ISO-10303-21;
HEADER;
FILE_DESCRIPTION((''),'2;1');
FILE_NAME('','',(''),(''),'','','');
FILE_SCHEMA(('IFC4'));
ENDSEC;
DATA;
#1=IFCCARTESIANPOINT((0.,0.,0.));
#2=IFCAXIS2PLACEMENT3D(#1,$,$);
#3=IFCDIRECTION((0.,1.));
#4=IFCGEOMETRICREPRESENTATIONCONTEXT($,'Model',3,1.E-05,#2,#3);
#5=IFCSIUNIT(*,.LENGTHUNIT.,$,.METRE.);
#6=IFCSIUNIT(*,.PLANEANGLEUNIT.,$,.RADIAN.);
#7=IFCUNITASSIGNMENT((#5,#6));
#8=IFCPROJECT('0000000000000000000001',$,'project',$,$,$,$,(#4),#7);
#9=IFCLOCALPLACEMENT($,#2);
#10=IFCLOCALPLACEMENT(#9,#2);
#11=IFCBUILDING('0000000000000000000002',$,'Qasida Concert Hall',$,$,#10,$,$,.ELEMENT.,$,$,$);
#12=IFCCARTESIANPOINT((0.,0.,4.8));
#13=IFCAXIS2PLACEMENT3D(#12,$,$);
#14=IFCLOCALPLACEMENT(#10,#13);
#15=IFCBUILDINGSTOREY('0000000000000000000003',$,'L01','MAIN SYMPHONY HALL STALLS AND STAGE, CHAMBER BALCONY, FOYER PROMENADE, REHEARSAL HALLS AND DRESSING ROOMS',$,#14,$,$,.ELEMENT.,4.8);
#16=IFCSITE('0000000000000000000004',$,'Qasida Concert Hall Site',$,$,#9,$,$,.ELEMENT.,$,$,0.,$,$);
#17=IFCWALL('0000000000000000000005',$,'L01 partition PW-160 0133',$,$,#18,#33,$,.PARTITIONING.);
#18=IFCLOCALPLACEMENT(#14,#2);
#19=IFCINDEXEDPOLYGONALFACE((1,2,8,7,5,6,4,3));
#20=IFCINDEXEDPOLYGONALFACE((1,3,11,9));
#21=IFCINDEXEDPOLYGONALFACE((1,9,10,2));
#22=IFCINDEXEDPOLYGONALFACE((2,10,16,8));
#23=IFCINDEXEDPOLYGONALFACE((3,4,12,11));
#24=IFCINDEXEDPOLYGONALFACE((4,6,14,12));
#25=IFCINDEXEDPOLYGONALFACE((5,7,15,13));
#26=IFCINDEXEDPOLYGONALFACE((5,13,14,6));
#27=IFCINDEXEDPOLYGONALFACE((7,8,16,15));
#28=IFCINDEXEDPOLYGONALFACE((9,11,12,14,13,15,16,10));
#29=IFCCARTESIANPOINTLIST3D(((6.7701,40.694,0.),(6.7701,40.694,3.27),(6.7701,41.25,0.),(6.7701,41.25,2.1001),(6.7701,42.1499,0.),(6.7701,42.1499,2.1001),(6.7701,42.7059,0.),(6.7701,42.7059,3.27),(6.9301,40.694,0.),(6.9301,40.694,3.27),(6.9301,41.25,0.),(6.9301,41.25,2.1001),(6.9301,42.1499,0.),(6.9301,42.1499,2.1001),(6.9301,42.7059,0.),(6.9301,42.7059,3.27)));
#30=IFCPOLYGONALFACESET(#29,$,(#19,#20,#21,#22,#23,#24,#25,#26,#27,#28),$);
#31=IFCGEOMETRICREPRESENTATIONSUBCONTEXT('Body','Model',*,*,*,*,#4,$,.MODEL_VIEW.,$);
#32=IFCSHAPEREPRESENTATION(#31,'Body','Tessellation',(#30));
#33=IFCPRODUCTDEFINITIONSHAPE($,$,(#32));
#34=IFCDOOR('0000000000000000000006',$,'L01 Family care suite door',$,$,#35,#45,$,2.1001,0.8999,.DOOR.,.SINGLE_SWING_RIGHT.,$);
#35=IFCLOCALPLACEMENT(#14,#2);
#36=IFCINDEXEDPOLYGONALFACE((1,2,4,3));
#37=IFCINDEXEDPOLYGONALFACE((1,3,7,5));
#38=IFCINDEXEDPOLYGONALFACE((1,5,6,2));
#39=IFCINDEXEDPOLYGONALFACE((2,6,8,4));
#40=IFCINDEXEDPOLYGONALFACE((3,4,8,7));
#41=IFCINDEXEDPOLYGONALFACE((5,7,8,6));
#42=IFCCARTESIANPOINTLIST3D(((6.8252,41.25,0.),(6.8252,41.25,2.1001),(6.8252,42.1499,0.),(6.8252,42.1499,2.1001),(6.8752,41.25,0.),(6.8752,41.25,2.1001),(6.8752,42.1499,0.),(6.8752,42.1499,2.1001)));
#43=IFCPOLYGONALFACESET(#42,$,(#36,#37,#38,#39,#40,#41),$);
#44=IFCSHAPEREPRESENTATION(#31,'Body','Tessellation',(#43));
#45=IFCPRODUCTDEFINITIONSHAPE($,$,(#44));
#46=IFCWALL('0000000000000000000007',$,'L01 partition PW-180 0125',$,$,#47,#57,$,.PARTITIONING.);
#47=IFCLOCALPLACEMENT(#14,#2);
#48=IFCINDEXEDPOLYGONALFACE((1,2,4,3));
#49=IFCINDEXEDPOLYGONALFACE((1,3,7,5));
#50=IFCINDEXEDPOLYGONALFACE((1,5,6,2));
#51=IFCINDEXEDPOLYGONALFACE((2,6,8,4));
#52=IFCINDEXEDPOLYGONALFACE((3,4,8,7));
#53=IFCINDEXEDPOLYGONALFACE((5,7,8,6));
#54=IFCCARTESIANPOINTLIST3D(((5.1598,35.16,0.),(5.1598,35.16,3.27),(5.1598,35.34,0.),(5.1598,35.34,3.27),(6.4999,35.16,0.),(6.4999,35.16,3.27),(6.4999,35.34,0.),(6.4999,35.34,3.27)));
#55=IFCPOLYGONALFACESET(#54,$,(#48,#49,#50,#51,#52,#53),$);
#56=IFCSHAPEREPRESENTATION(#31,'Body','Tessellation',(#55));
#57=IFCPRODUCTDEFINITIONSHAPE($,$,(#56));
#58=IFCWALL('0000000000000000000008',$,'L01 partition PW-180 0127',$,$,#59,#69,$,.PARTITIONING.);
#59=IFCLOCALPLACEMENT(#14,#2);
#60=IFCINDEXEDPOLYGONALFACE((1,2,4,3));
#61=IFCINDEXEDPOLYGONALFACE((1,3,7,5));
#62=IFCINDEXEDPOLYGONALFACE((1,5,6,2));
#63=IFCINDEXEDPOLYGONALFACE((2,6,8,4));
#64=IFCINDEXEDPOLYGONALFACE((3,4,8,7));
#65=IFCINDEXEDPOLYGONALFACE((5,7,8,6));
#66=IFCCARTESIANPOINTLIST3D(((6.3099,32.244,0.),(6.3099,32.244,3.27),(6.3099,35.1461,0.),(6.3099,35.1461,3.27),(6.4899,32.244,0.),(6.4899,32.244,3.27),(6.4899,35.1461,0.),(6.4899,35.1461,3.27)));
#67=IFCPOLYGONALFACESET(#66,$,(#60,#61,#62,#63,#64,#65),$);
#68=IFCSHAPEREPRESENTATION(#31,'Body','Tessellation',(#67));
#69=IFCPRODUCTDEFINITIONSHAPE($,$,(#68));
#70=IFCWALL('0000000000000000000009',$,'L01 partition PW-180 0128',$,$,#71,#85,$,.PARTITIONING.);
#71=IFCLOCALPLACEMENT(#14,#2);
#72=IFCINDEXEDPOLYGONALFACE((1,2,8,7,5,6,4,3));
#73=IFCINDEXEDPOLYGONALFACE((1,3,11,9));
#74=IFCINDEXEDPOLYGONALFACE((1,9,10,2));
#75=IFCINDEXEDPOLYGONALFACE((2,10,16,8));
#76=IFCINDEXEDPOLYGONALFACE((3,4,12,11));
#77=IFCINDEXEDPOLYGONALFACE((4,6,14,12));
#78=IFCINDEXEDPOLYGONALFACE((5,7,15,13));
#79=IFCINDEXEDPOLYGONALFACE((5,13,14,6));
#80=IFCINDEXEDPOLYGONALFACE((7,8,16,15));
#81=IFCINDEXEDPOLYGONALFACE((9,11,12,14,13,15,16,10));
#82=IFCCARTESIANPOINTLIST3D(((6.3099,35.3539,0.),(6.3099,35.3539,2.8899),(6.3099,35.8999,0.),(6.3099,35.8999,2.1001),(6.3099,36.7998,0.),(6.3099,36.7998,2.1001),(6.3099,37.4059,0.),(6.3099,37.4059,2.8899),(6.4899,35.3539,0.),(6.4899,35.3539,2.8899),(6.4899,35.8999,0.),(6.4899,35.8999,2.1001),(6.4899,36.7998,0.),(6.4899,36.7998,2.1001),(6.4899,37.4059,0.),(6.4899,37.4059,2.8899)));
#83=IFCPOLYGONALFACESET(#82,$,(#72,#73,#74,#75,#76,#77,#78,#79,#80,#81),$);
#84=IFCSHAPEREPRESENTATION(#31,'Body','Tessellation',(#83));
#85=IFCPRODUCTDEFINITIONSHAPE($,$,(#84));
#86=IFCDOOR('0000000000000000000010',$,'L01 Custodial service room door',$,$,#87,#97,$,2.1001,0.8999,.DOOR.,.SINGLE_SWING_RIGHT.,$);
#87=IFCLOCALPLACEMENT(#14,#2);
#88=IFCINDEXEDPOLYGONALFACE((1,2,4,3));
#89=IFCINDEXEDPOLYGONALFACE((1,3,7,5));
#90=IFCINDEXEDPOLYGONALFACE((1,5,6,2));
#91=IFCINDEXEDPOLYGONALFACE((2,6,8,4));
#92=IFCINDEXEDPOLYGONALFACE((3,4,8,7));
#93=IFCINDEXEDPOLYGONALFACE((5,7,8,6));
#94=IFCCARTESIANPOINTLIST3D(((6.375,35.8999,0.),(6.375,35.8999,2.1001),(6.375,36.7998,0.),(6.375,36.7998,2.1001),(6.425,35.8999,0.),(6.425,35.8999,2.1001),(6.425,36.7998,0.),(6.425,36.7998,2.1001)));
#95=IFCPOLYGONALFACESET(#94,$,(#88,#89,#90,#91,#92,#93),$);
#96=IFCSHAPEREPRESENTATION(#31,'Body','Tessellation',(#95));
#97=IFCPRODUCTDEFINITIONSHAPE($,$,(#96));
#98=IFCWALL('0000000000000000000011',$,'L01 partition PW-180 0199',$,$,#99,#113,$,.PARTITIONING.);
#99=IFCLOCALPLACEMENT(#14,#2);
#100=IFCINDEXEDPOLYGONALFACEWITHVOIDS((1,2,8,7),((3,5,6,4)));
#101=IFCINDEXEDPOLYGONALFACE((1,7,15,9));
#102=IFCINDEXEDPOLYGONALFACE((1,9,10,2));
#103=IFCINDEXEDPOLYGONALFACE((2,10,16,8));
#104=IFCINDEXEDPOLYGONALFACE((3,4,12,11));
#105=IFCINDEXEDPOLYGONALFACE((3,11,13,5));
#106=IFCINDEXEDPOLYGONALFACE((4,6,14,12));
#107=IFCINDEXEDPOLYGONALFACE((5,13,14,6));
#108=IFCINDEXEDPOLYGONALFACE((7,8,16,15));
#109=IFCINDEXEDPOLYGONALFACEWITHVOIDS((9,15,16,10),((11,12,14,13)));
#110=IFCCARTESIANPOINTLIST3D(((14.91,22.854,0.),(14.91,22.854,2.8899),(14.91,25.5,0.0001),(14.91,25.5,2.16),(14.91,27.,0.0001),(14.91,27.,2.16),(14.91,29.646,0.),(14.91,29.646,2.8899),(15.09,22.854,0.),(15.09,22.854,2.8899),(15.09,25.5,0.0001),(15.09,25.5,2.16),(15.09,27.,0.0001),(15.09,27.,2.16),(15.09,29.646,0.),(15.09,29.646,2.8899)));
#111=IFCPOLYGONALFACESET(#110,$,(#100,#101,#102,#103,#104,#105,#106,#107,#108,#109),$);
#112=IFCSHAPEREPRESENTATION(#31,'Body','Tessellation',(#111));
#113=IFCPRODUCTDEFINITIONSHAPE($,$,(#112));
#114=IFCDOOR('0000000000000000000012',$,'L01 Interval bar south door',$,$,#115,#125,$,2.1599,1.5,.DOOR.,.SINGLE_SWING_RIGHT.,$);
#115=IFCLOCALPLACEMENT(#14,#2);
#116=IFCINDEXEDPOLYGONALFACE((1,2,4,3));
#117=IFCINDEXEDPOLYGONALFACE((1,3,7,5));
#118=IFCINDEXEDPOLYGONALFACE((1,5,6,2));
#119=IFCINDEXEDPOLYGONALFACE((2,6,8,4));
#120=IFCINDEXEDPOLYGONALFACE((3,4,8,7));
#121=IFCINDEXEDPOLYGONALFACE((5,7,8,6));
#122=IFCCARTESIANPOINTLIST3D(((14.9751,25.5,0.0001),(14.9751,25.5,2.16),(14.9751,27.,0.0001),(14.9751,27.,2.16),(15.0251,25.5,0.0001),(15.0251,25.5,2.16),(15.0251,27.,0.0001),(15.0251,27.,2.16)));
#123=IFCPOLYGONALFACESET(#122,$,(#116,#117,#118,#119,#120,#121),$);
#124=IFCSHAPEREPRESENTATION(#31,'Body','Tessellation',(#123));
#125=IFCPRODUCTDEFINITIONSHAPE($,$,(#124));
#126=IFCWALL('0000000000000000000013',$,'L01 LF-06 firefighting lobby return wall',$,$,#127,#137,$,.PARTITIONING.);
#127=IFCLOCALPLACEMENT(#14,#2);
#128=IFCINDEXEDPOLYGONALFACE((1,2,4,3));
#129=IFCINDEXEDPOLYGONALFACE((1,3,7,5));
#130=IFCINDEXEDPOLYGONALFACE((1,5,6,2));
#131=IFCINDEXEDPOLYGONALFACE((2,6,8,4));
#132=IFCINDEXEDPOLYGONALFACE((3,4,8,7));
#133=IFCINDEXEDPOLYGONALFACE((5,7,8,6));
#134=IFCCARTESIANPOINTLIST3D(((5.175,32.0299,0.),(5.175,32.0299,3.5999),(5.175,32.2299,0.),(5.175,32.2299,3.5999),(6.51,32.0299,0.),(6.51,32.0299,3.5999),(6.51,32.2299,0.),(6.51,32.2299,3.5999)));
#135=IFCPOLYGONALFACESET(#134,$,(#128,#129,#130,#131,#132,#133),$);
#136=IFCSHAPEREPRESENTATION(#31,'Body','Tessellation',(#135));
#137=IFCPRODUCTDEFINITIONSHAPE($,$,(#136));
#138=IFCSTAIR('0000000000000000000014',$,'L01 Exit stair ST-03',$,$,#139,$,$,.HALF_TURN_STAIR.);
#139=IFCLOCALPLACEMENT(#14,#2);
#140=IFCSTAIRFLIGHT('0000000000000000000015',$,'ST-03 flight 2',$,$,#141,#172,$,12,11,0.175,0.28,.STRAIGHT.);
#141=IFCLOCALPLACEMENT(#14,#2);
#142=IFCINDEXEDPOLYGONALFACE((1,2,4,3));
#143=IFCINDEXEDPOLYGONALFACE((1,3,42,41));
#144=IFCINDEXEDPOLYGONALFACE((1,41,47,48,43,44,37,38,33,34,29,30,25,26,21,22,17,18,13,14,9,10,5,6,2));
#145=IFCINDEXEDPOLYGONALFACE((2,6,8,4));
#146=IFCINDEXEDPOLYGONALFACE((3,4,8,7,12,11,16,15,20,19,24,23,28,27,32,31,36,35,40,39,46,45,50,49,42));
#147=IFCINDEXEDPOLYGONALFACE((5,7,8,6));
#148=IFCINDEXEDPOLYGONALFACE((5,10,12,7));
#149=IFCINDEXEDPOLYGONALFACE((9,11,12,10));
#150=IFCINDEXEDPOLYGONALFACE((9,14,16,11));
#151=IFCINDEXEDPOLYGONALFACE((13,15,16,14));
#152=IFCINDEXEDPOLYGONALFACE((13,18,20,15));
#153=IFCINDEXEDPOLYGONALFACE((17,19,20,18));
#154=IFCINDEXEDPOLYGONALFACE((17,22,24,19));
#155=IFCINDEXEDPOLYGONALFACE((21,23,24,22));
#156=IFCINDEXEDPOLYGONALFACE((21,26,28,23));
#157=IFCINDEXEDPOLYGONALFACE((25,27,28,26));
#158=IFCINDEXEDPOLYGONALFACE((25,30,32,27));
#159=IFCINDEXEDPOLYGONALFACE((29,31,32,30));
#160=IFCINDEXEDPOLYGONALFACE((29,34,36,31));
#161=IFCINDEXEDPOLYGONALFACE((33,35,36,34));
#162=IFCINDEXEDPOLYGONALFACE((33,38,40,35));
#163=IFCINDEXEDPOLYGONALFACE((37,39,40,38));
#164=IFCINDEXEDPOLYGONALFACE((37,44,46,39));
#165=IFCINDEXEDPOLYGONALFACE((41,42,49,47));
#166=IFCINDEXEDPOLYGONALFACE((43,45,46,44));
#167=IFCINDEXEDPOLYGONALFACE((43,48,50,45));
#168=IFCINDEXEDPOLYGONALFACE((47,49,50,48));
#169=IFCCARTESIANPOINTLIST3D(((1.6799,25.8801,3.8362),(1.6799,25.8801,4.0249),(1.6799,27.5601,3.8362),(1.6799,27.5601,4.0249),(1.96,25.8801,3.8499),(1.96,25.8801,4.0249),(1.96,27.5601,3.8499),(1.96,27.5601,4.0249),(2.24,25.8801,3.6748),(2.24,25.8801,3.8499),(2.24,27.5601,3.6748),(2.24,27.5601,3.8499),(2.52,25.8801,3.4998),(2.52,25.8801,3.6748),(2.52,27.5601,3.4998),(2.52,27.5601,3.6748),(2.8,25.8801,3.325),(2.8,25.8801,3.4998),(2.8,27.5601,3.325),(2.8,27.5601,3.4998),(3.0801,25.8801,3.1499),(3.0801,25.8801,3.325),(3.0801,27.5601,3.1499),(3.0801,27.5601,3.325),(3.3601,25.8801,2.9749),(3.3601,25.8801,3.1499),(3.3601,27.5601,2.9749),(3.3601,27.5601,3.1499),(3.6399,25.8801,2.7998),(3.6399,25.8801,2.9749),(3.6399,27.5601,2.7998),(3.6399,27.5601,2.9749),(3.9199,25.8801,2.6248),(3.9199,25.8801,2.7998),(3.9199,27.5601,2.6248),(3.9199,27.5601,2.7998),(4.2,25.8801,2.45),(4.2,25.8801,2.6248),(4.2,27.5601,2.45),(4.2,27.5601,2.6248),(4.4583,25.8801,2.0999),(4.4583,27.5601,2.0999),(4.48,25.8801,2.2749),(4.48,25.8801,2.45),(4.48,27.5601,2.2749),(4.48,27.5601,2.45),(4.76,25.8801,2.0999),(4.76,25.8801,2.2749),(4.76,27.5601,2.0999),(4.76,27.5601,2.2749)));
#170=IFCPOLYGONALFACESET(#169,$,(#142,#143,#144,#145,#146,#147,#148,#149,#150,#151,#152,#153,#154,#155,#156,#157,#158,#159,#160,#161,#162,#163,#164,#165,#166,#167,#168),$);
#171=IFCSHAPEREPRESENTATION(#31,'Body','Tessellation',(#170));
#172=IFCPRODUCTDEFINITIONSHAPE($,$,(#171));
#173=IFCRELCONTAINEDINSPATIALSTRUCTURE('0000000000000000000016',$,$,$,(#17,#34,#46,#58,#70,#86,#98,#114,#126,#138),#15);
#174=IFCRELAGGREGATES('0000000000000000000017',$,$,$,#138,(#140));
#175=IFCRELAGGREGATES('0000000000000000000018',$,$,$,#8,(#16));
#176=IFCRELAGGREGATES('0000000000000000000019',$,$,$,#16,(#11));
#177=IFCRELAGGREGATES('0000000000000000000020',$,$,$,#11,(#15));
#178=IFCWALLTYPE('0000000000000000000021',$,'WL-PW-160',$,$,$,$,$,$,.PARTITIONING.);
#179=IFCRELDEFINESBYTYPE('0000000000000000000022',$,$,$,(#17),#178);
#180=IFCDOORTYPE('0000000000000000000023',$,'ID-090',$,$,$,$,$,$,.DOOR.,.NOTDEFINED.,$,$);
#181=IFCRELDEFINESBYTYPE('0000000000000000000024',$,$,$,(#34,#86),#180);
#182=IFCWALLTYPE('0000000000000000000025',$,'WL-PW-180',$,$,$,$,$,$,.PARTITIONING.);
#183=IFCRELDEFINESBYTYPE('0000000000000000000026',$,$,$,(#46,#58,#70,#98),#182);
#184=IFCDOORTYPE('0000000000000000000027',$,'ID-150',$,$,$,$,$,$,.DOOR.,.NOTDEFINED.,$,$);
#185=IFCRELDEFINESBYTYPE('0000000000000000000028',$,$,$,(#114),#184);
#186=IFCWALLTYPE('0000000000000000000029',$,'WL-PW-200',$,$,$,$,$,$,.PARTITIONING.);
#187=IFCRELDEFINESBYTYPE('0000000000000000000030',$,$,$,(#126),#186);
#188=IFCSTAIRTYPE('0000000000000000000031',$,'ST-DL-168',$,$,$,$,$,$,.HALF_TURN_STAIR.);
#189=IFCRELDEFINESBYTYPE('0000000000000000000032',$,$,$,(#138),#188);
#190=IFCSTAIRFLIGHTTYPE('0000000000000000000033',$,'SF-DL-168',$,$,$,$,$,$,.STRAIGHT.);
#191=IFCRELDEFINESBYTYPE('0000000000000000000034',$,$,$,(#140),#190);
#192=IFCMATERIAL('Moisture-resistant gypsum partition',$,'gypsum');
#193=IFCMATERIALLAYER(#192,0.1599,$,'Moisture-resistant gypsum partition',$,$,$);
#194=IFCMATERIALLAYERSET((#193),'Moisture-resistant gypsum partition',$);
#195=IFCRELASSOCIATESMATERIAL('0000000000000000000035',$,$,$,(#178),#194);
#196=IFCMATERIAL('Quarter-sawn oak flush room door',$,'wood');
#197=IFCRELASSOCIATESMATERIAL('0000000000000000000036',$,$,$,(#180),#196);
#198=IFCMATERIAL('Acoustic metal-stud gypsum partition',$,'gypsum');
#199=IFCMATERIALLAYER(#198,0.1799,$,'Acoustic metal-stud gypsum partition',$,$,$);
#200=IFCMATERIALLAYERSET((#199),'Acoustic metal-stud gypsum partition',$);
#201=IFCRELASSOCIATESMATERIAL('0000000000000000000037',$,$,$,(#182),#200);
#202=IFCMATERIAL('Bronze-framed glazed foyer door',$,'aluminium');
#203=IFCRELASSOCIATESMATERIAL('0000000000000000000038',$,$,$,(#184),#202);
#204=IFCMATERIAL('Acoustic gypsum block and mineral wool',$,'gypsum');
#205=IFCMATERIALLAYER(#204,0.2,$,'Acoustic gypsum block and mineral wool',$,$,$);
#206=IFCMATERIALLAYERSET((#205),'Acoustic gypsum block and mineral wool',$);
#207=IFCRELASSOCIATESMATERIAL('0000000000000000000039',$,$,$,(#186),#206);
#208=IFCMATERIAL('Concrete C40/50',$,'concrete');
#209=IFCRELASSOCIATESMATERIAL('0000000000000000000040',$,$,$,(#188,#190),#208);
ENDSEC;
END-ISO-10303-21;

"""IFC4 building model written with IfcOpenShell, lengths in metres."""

from ifc_helpers import new_model, si_unit, direction, frame, frame_2d, origin, place, context, subcontext, project, spatial, polyline, rectangle, outline, extrude, material, layer, layer_set, type_object, element, fill, aggregate, save


model = new_model("IFC4")

# Units and contexts
model_context = context("Model", 3, precision=1e-05, world=origin(), true_north=direction((0.0, 1.0)))
body_context = subcontext(model_context, "Body", "Model", "MODEL_VIEW")
ifc_project = project(units=[si_unit("LENGTHUNIT", "METRE"), si_unit("PLANEANGLEUNIT", "RADIAN")], contexts=[model_context])

# Site, building, storey
site_placement = place(None, origin())
site = spatial("IfcSite", under=ifc_project, at=site_placement, Name="Qasida Concert Hall Site", CompositionType="ELEMENT", RefElevation=0.0)
building_placement = place(site_placement, origin())
building = spatial("IfcBuilding", under=site, at=building_placement, Name="Qasida Concert Hall", CompositionType="ELEMENT")
storey_placement = place(building_placement, frame((0.0, 0.0, 4.8)))
storey = spatial("IfcBuildingStorey", under=building, at=storey_placement, Name="L01", Description="MAIN SYMPHONY HALL STALLS AND STAGE, CHAMBER BALCONY, FOYER PROMENADE, REHEARSAL HALLS AND DRESSING ROOMS", CompositionType="ELEMENT", Elevation=4.8)

# Shared definitions
ifc_material_1 = material(Name="Concrete C40/50", Category="concrete")

# Wall, opening, door
ifc_material_2 = material(Name="Moisture-resistant gypsum partition", Category="gypsum")
ifc_layer_1 = layer(ifc_material_2, 0.1599, Name="Moisture-resistant gypsum partition")
ifc_layer_set_1 = layer_set([ifc_layer_1], Name="Moisture-resistant gypsum partition")
wall_type_1 = type_object("IfcWallType", Name="WL-PW-160", PredefinedType="PARTITIONING", material=ifc_layer_set_1)
wall_1_placement = place(storey_placement, frame((6.8501, 40.6941, 0.0), z_axis=(0.0, 0.0, 1.0), x_axis=(0.0, 1.0, 0.0)))
wall_1 = element("IfcWall", 1, at=wall_1_placement, inside=storey, type_object=wall_type_1, Name="L01 partition PW-160 0133", PredefinedType="PARTITIONING", context=body_context, shape_type="SweptSolid", body=[
    extrude(rectangle(XDim=2.012, YDim=0.1599, at=frame_2d((1.0059, 0.0))), origin(), (0.0, 0.0, 1.0), 3.27),
])
opening_1_placement = place(wall_1_placement, frame((0.5559, 0.0, 0.0)))
opening_1 = element("IfcOpeningElement", 2, at=opening_1_placement, cuts=wall_1, PredefinedType="OPENING", context=body_context, shape_type="SweptSolid", body=[
    extrude(rectangle(XDim=0.8999, YDim=2.1001, at=frame_2d((0.45, 1.05))), frame((0.0, 0.0898, 0.0), z_axis=(0.0, -1.0, 0.0), x_axis=(1.0, 0.0, 0.0)), (0.0, 0.0, 1.0), 0.1799),
])
ifc_material_3 = material(Name="Quarter-sawn oak flush room door", Category="wood")
door_type_1 = type_object("IfcDoorType", Name="ID-090", OperationType="NOTDEFINED", PredefinedType="DOOR", material=ifc_material_3)
door_1_placement = place(opening_1_placement, origin())
door_1 = element("IfcDoor", 3, at=door_1_placement, inside=storey, type_object=door_type_1, Name="L01 Family care suite door", OperationType="SINGLE_SWING_RIGHT", OverallHeight=2.1001, OverallWidth=0.8999, PredefinedType="DOOR", context=body_context, shape_type="SweptSolid", body=[
    extrude(rectangle(XDim=0.8999, YDim=2.1001, at=frame_2d((0.45, 1.05))), frame((0.0, 0.0249, 0.0), z_axis=(0.0, -1.0, 0.0), x_axis=(1.0, 0.0, 0.0)), (0.0, 0.0, 1.0), 0.05),
])
fill(opening_1, door_1)

# Walls
ifc_material_4 = material(Name="Acoustic metal-stud gypsum partition", Category="gypsum")
ifc_layer_2 = layer(ifc_material_4, 0.1799, Name="Acoustic metal-stud gypsum partition")
ifc_layer_set_2 = layer_set([ifc_layer_2], Name="Acoustic metal-stud gypsum partition")
wall_type_2 = type_object("IfcWallType", Name="WL-PW-180", PredefinedType="PARTITIONING", material=ifc_layer_set_2)
wall_2_placement = place(storey_placement, frame((5.1599, 35.25, 0.0), z_axis=(0.0, 0.0, 1.0), x_axis=(1.0, 0.0, 0.0)))
element("IfcWall", 4, at=wall_2_placement, inside=storey, type_object=wall_type_2, Name="L01 partition PW-180 0125", PredefinedType="PARTITIONING", context=body_context, shape_type="SweptSolid", body=[
    extrude(rectangle(XDim=1.3401, YDim=0.1799, at=frame_2d((0.6699, 0.0))), origin(), (0.0, 0.0, 1.0), 3.27),
])
wall_3_placement = place(storey_placement, frame((6.3999, 32.2439, 0.0), z_axis=(0.0, 0.0, 1.0), x_axis=(0.0, 1.0, 0.0)))
element("IfcWall", 5, at=wall_3_placement, inside=storey, type_object=wall_type_2, Name="L01 partition PW-180 0127", PredefinedType="PARTITIONING", context=body_context, shape_type="SweptSolid", body=[
    extrude(rectangle(XDim=2.9021, YDim=0.1799, at=frame_2d((1.4512, 0.0))), origin(), (0.0, 0.0, 1.0), 3.27),
])

# Walls, openings, doors
wall_4_placement = place(storey_placement, frame((6.3999, 35.354, 0.0), z_axis=(0.0, 0.0, 1.0), x_axis=(0.0, 1.0, 0.0)))
wall_4 = element("IfcWall", 6, at=wall_4_placement, inside=storey, type_object=wall_type_2, Name="L01 partition PW-180 0128", PredefinedType="PARTITIONING", context=body_context, shape_type="SweptSolid", body=[
    extrude(rectangle(XDim=2.052, YDim=0.1799, at=frame_2d((1.0259, 0.0))), origin(), (0.0, 0.0, 1.0), 2.8899),
])
opening_2_placement = place(wall_4_placement, frame((0.5459, 0.0, 0.0)))
opening_2 = element("IfcOpeningElement", 7, at=opening_2_placement, cuts=wall_4, PredefinedType="OPENING", context=body_context, shape_type="SweptSolid", body=[
    extrude(rectangle(XDim=0.8999, YDim=2.1001, at=frame_2d((0.45, 1.05))), frame((0.0, 0.0999, 0.0), z_axis=(0.0, -1.0, 0.0), x_axis=(1.0, 0.0, 0.0)), (0.0, 0.0, 1.0), 0.2),
])
door_2_placement = place(opening_2_placement, origin())
door_2 = element("IfcDoor", 8, at=door_2_placement, inside=storey, type_object=door_type_1, Name="L01 Custodial service room door", OperationType="SINGLE_SWING_RIGHT", OverallHeight=2.1001, OverallWidth=0.8999, PredefinedType="DOOR", context=body_context, shape_type="SweptSolid", body=[
    extrude(rectangle(XDim=0.8999, YDim=2.1001, at=frame_2d((0.45, 1.05))), frame((0.0, 0.0249, 0.0), z_axis=(0.0, -1.0, 0.0), x_axis=(1.0, 0.0, 0.0)), (0.0, 0.0, 1.0), 0.05),
])
fill(opening_2, door_2)
wall_5_placement = place(storey_placement, frame((15.0, 22.854, 0.0), z_axis=(0.0, 0.0, 1.0), x_axis=(0.0, 1.0, 0.0)))
wall_5 = element("IfcWall", 9, at=wall_5_placement, inside=storey, type_object=wall_type_2, Name="L01 partition PW-180 0199", PredefinedType="PARTITIONING", context=body_context, shape_type="SweptSolid", body=[
    extrude(rectangle(XDim=6.792, YDim=0.1799, at=frame_2d((3.396, 0.0))), origin(), (0.0, 0.0, 1.0), 2.8899),
])
opening_3_placement = place(wall_5_placement, frame((2.646, 0.0, 0.0)))
opening_3 = element("IfcOpeningElement", 10, at=opening_3_placement, cuts=wall_5, PredefinedType="OPENING", context=body_context, shape_type="SweptSolid", body=[
    extrude(rectangle(XDim=1.5, YDim=2.1599, at=frame_2d((0.75, 1.0801))), frame((0.0, 0.0999, 0.0), z_axis=(0.0, -1.0, 0.0), x_axis=(1.0, 0.0, 0.0)), (0.0, 0.0, 1.0), 0.2),
])
ifc_material_5 = material(Name="Bronze-framed glazed foyer door", Category="aluminium")
door_type_2 = type_object("IfcDoorType", Name="ID-150", OperationType="NOTDEFINED", PredefinedType="DOOR", material=ifc_material_5)
door_3_placement = place(opening_3_placement, origin())
door_3 = element("IfcDoor", 11, at=door_3_placement, inside=storey, type_object=door_type_2, Name="L01 Interval bar south door", OperationType="SINGLE_SWING_RIGHT", OverallHeight=2.1599, OverallWidth=1.5, PredefinedType="DOOR", context=body_context, shape_type="SweptSolid", body=[
    extrude(rectangle(XDim=1.5, YDim=2.1599, at=frame_2d((0.75, 1.0801))), frame((0.0, 0.0249, 0.0), z_axis=(0.0, -1.0, 0.0), x_axis=(1.0, 0.0, 0.0)), (0.0, 0.0, 1.0), 0.05),
])
fill(opening_3, door_3)

# Wall
ifc_material_6 = material(Name="Acoustic gypsum block and mineral wool", Category="gypsum")
ifc_layer_3 = layer(ifc_material_6, 0.2, Name="Acoustic gypsum block and mineral wool")
ifc_layer_set_3 = layer_set([ifc_layer_3], Name="Acoustic gypsum block and mineral wool")
wall_type_3 = type_object("IfcWallType", Name="WL-PW-200", PredefinedType="PARTITIONING", material=ifc_layer_set_3)
wall_6_placement = place(storey_placement, frame((5.175, 32.1299, 0.0), z_axis=(0.0, 0.0, 1.0), x_axis=(1.0, 0.0, 0.0)))
element("IfcWall", 12, at=wall_6_placement, inside=storey, type_object=wall_type_3, Name="L01 LF-06 firefighting lobby return wall", PredefinedType="PARTITIONING", context=body_context, shape_type="SweptSolid", body=[
    extrude(rectangle(XDim=1.335, YDim=0.2, at=frame_2d((0.6675, 0.0))), origin(), (0.0, 0.0, 1.0), 3.5999),
])

# Stair, stair flight
stair_type = type_object("IfcStairType", Name="ST-DL-168", PredefinedType="HALF_TURN_STAIR", material=ifc_material_1)
stair_placement = place(storey_placement, origin())
stair = element("IfcStair", 13, at=stair_placement, inside=storey, type_object=stair_type, Name="L01 Exit stair ST-03", PredefinedType="HALF_TURN_STAIR")
stair_flight_type = type_object("IfcStairFlightType", Name="SF-DL-168", PredefinedType="STRAIGHT", material=ifc_material_1)
stair_flight_placement = place(storey_placement, frame((4.76, 26.72, 2.0999), z_axis=(0.0, 0.0, 1.0), x_axis=(-1.0, 0.0, 0.0)))
stair_flight = element("IfcStairFlight", 14, at=stair_flight_placement, type_object=stair_flight_type, Name="ST-03 flight 2", NumberOfRisers=12, NumberOfTreads=11, PredefinedType="STRAIGHT", RiserHeight=0.175, TreadLength=0.28, context=body_context, shape_type="SweptSolid", body=[
    extrude(outline(polyline([(0.0, 0.0), (0.0, 0.175), (0.28, 0.175), (0.28, 0.3501), (0.5601, 0.3501), (0.5601, 0.5249), (0.8401, 0.5249), (0.8401, 0.7), (1.1201, 0.7), (1.1201, 0.875), (1.3999, 0.875), (1.3999, 1.05), (1.6799, 1.05), (1.6799, 1.2251), (1.96, 1.2251), (1.96, 1.3999), (2.24, 1.3999), (2.24, 1.575), (2.52, 1.575), (2.52, 1.75), (2.8, 1.75), (2.8, 1.925), (3.0801, 1.925), (3.0801, 2.1001), (3.0801, 1.7363), (0.3018, 0.0), (0.0, 0.0)])), frame((0.0, 0.8398, 0.0), z_axis=(0.0, -1.0, 0.0), x_axis=(1.0, 0.0, 0.0)), (0.0, 0.0, 1.0), 1.6799),
])
aggregate(stair, [stair_flight])

save(model, "model.ifc")
